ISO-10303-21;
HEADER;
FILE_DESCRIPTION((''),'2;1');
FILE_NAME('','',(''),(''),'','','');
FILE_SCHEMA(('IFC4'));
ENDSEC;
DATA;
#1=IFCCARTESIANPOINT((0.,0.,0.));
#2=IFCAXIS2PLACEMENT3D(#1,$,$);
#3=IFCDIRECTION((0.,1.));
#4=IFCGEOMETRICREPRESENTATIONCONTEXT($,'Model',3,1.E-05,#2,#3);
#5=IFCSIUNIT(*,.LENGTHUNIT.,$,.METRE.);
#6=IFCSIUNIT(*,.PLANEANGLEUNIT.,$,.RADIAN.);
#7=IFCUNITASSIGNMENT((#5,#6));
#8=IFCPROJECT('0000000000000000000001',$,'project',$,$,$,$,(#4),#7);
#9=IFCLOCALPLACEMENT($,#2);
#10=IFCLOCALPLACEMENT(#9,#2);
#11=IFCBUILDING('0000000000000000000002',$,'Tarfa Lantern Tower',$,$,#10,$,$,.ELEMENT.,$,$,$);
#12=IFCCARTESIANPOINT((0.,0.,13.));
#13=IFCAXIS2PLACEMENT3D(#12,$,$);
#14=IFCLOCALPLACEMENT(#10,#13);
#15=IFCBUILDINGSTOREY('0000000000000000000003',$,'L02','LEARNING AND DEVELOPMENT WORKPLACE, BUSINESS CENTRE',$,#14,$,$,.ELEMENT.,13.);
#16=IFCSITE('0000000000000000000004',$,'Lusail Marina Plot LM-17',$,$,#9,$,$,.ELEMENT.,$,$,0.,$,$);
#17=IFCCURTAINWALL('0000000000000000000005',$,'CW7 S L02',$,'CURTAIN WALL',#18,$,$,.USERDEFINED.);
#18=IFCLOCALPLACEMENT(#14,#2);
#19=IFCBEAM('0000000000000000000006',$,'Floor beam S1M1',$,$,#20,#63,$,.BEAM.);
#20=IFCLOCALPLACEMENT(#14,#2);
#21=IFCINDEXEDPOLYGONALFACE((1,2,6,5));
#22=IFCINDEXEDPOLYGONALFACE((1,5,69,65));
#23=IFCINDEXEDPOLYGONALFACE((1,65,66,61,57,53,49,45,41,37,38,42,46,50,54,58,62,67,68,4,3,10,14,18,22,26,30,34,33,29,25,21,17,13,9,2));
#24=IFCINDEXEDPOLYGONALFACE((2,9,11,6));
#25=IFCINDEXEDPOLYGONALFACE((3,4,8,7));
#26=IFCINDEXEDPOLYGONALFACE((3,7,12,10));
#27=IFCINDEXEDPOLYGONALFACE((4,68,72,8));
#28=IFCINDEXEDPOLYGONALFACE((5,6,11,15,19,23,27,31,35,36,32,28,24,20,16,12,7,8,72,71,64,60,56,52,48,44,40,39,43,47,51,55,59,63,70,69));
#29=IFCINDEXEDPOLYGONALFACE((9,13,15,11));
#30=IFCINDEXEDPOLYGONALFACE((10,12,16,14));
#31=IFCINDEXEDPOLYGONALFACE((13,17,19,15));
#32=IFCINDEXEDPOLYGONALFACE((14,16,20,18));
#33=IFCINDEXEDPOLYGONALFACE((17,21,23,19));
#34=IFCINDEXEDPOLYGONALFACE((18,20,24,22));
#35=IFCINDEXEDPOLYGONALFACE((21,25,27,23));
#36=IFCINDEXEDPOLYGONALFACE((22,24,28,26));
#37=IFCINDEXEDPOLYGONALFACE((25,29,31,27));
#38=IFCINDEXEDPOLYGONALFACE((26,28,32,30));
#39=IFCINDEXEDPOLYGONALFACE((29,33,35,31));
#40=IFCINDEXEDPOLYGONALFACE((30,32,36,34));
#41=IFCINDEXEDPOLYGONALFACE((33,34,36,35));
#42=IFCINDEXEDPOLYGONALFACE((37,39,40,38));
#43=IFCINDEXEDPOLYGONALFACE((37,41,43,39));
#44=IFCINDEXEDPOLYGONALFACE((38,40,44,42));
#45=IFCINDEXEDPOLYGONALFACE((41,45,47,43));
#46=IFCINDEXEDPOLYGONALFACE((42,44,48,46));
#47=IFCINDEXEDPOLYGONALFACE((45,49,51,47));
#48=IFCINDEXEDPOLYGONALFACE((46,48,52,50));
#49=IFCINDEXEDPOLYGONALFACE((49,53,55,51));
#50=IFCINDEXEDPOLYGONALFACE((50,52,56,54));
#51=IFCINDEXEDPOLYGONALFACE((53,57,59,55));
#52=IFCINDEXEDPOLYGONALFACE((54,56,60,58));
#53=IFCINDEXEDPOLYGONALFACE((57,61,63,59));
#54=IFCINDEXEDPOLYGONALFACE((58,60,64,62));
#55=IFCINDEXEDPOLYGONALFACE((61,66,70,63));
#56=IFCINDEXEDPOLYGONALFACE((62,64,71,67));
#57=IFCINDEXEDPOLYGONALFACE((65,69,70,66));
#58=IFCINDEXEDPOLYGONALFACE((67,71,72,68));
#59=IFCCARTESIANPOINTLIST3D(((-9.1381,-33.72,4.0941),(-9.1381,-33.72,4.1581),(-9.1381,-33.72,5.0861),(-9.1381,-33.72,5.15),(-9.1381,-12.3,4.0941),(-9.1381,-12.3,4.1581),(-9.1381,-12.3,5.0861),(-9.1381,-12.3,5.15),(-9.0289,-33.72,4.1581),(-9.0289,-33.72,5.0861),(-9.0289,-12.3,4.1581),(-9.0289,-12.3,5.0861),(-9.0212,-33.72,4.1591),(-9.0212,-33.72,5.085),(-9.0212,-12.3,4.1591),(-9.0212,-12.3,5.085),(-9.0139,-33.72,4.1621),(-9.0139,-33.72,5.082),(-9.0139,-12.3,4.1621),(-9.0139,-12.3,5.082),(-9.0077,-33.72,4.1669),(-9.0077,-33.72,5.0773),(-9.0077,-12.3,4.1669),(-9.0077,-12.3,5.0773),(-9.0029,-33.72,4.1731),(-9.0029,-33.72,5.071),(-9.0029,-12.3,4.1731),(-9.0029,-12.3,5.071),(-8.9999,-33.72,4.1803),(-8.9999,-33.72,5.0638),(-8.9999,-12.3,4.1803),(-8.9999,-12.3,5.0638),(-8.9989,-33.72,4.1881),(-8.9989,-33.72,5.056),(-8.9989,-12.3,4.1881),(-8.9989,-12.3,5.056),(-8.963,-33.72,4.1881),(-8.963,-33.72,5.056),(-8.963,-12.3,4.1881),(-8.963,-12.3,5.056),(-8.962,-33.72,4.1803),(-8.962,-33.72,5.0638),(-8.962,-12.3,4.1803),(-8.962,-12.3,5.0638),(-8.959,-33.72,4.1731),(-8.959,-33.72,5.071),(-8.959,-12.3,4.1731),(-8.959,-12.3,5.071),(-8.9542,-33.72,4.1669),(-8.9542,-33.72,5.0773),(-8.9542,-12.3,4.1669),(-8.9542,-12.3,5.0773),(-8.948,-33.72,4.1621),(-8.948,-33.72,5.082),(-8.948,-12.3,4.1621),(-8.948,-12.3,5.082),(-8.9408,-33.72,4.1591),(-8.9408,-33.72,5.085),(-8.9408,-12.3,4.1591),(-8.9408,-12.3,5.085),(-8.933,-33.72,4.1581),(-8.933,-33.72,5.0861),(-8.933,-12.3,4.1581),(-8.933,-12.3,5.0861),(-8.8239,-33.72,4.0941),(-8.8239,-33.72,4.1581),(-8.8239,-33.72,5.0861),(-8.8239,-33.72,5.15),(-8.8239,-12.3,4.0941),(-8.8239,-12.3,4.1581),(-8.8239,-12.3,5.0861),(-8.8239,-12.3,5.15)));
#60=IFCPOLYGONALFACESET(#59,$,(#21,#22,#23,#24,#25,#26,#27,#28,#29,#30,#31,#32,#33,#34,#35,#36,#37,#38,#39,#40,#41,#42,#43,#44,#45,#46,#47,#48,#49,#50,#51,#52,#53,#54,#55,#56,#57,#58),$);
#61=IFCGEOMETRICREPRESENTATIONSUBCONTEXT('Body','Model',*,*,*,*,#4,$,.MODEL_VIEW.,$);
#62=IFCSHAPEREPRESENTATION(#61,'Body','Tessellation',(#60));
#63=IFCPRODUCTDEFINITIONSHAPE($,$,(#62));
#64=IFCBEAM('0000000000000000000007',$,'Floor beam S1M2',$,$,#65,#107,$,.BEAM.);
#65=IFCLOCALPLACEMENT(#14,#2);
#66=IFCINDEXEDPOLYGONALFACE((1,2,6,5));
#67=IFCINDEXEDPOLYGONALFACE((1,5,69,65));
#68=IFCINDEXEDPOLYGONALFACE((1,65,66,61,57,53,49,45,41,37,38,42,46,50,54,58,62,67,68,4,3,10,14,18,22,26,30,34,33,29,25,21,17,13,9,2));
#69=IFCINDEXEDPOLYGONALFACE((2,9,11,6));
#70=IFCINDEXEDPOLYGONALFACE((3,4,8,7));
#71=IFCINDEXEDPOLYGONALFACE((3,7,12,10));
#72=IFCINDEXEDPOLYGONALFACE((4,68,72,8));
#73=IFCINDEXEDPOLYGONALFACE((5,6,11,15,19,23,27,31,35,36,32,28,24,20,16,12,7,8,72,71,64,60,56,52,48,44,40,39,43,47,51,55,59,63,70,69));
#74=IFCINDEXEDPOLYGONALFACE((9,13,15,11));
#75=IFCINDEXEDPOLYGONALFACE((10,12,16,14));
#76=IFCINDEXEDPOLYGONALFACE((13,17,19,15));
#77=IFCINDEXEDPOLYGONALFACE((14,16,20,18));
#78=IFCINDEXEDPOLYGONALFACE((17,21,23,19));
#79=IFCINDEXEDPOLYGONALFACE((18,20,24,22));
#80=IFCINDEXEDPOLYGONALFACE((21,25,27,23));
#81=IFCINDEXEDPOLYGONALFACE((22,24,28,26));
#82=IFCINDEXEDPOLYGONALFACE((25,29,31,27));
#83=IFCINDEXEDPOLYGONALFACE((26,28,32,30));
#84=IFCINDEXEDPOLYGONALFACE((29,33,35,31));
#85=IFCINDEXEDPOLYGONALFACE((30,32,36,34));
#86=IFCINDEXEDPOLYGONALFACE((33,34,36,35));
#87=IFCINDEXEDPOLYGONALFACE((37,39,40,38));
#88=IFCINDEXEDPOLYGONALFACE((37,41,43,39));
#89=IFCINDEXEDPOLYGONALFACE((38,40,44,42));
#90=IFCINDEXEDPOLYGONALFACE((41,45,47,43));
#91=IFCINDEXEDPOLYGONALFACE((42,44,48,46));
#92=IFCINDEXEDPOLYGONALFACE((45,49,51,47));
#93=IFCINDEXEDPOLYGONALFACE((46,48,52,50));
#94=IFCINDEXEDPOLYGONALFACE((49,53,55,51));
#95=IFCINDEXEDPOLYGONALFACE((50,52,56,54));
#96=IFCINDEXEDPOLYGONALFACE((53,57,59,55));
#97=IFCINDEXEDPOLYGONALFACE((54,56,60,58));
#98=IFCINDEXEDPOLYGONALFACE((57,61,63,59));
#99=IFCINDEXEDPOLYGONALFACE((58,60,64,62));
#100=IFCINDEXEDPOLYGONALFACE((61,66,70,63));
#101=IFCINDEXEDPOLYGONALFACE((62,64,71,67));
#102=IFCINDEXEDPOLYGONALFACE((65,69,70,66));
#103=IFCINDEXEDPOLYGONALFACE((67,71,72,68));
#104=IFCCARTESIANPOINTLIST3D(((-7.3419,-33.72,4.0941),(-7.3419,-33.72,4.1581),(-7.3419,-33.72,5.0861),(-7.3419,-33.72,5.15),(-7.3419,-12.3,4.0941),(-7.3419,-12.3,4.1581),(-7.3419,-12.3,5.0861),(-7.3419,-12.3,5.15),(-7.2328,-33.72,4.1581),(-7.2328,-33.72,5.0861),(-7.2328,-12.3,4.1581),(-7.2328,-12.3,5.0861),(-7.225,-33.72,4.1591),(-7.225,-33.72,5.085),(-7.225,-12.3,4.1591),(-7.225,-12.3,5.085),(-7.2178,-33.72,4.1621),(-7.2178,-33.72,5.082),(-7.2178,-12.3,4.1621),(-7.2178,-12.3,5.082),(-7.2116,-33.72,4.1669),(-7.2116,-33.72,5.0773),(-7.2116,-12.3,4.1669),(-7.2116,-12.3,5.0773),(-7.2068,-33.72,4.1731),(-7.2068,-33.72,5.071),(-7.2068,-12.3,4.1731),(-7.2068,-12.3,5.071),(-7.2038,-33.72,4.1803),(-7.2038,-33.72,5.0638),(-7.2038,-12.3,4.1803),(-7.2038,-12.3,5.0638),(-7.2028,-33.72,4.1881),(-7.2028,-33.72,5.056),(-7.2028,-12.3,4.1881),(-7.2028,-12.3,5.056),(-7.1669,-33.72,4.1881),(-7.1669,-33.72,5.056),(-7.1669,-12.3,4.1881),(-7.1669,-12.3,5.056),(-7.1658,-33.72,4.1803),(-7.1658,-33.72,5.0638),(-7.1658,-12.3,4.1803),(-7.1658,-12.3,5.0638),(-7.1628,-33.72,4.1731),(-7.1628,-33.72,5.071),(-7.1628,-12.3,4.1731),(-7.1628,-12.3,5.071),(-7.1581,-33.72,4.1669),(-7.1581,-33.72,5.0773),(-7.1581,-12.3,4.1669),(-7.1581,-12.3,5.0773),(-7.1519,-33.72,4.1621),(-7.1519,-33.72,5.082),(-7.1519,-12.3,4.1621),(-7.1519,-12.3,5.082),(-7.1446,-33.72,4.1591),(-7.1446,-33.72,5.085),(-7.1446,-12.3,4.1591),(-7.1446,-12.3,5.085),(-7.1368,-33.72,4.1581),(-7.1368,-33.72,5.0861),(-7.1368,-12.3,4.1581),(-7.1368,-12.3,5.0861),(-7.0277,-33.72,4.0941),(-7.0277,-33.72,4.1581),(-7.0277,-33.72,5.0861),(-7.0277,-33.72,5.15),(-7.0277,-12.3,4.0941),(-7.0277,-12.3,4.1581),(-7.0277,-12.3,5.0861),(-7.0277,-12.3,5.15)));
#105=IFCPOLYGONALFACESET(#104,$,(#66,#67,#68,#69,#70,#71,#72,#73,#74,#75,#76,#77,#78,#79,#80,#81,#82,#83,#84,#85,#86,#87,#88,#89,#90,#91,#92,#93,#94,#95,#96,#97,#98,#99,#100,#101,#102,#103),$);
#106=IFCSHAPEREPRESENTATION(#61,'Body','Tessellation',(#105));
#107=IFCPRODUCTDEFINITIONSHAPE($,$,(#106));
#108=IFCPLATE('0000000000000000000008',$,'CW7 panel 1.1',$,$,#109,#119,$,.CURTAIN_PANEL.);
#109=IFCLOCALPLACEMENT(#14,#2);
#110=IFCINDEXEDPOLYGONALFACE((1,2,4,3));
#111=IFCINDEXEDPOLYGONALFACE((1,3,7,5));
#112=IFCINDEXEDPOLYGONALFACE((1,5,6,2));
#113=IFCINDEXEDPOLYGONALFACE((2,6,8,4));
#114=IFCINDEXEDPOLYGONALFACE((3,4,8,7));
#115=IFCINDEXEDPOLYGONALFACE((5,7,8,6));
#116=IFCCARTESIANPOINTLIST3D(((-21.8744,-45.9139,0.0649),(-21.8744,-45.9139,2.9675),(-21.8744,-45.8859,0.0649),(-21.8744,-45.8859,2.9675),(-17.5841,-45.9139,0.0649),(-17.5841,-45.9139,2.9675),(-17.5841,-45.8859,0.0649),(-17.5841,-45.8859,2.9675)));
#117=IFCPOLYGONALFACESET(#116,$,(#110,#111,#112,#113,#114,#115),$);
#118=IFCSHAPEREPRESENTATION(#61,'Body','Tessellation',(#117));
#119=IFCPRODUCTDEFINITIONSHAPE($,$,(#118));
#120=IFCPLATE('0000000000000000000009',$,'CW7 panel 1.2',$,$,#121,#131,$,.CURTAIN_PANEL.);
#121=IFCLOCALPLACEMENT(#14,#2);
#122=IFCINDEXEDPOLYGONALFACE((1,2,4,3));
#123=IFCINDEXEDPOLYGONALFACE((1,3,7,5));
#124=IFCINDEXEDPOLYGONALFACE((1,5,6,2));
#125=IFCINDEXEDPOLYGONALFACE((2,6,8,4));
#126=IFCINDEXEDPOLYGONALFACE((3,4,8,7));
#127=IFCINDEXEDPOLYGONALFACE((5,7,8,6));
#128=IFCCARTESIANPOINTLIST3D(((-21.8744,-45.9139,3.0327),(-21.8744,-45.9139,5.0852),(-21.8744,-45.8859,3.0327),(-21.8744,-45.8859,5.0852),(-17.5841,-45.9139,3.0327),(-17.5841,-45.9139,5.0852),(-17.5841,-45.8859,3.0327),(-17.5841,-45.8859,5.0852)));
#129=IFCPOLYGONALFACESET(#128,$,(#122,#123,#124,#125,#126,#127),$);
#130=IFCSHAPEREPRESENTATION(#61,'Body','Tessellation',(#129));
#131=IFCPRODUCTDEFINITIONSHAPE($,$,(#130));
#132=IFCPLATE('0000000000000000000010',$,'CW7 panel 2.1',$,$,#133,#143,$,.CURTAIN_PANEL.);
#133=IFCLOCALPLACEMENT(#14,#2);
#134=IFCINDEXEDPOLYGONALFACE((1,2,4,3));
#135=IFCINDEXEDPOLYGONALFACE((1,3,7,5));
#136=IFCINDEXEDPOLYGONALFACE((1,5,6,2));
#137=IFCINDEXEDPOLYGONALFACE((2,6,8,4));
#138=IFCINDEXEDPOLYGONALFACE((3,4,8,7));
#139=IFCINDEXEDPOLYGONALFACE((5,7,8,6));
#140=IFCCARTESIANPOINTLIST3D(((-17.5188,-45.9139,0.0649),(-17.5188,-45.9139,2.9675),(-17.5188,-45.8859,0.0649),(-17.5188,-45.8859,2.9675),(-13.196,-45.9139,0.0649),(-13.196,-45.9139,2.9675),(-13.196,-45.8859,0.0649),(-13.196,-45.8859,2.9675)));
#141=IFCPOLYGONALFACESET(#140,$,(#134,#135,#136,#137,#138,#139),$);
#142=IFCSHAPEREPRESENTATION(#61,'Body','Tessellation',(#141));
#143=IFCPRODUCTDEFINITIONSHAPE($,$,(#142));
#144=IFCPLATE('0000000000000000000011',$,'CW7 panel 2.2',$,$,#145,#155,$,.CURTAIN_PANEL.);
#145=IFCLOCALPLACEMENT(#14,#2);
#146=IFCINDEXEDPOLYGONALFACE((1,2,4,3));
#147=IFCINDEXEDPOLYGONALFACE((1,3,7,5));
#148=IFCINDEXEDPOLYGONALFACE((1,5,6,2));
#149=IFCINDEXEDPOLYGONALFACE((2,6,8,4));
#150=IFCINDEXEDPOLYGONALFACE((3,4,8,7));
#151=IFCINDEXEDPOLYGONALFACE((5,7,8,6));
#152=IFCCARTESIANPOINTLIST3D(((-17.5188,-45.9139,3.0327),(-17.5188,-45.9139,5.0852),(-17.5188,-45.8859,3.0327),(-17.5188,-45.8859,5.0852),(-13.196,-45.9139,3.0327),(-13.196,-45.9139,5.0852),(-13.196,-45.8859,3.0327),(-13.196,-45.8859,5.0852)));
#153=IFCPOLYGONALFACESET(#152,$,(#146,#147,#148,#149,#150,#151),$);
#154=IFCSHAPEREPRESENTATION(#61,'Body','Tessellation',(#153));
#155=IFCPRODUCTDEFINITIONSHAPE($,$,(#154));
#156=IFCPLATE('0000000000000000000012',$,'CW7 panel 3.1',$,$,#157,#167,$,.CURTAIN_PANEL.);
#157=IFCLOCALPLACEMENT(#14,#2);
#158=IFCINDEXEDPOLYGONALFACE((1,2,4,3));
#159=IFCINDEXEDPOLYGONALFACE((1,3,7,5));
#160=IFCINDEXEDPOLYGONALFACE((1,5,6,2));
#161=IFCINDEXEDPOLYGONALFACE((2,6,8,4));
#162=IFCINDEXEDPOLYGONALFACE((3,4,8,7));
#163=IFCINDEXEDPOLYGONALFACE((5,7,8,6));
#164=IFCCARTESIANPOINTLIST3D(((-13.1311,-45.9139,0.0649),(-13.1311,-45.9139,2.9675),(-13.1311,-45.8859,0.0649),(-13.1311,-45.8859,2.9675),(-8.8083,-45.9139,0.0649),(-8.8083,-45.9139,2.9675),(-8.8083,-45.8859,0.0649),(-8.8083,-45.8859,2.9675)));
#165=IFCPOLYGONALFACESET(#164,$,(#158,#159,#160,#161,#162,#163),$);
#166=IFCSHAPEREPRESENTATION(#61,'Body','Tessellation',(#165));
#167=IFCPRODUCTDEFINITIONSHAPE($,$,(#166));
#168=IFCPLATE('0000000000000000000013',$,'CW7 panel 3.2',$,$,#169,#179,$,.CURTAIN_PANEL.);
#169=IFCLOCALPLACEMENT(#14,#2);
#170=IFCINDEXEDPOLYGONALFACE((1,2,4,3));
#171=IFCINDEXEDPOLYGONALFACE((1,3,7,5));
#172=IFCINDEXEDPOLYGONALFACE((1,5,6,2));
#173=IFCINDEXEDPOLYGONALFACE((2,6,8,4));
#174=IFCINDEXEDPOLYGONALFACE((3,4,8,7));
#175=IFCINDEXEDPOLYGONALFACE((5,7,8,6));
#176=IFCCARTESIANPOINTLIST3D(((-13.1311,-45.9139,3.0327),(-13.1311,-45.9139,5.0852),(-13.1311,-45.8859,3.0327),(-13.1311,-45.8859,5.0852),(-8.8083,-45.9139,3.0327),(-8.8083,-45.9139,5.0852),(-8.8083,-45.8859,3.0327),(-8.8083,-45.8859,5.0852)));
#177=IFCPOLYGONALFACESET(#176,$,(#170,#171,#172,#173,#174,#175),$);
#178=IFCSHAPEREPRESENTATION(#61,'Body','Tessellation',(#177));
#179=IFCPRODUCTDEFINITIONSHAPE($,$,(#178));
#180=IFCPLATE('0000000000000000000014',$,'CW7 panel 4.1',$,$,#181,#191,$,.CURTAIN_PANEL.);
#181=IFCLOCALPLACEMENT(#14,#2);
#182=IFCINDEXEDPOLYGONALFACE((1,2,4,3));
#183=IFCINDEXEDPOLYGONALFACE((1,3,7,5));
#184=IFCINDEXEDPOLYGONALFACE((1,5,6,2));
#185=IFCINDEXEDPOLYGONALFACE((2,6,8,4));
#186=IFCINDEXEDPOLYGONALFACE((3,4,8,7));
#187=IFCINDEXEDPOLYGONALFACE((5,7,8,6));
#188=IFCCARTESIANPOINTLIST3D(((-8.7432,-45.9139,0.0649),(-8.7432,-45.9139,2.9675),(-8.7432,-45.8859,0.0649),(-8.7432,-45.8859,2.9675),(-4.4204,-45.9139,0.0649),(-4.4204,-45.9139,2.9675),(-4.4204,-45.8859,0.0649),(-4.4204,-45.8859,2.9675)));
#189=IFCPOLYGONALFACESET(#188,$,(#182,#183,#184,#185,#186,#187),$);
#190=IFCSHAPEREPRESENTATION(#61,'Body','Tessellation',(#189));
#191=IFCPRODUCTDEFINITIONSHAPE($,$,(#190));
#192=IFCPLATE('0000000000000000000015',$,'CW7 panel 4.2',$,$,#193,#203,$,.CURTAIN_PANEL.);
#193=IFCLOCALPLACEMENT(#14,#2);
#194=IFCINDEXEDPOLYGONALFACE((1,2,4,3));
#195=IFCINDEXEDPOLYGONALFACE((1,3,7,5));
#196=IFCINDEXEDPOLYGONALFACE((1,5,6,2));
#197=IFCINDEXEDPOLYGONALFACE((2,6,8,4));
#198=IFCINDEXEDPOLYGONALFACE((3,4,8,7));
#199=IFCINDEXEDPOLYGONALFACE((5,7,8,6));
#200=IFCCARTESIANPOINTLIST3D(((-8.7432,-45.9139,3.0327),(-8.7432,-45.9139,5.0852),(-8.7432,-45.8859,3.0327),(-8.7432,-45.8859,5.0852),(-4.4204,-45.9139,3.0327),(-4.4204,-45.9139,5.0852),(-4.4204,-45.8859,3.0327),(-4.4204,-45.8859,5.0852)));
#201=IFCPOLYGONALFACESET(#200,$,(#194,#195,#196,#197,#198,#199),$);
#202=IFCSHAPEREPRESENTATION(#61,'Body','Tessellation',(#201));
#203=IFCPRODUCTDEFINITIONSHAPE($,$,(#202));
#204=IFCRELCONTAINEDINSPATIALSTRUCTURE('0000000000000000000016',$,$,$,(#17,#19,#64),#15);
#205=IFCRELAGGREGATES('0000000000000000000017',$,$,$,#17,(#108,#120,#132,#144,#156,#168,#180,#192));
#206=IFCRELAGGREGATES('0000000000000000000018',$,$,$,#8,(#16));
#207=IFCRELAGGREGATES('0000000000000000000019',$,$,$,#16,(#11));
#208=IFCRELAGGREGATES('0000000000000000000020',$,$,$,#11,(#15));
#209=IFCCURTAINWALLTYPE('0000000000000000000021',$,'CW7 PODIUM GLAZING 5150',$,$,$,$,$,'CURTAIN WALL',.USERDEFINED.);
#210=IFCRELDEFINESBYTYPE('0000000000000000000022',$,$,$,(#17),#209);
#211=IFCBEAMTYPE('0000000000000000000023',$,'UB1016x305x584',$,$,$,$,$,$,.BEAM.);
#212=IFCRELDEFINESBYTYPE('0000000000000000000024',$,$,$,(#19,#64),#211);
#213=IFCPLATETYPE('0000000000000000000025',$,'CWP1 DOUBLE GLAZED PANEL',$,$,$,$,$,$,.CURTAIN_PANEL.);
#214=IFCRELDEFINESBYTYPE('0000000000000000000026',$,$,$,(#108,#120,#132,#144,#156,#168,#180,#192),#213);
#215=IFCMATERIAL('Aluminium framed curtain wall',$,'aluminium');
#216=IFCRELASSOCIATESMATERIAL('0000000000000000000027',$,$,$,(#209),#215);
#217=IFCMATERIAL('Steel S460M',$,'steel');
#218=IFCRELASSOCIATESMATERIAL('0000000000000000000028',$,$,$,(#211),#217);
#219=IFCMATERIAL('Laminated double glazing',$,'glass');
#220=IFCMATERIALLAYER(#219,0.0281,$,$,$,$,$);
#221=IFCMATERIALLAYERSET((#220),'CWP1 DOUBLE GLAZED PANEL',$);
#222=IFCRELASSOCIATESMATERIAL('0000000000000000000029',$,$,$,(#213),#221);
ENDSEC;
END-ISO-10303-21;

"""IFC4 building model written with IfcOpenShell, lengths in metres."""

from ifc_helpers import new_model, si_unit, direction, frame, origin, origin_2d, place, context, subcontext, project, spatial, rectangle, i_section, extrude, material, layer, layer_set, material_profile, profile_set, type_object, element, aggregate, save


model = new_model("IFC4")

# Units and contexts
model_context = context("Model", 3, precision=1e-05, world=origin(), true_north=direction((0.0, 1.0)))
body_context = subcontext(model_context, "Body", "Model", "MODEL_VIEW")
ifc_project = project(units=[si_unit("LENGTHUNIT", "METRE"), si_unit("PLANEANGLEUNIT", "RADIAN")], contexts=[model_context])

# Site, building, storey
site_placement = place(None, origin())
site = spatial("IfcSite", under=ifc_project, at=site_placement, Name="Lusail Marina Plot LM-17", CompositionType="ELEMENT", RefElevation=0.0)
building_placement = place(site_placement, origin())
building = spatial("IfcBuilding", under=site, at=building_placement, Name="Tarfa Lantern Tower", CompositionType="ELEMENT")
storey_placement = place(building_placement, frame((0.0, 0.0, 13.0)))
storey = spatial("IfcBuildingStorey", under=building, at=storey_placement, Name="L02", Description="LEARNING AND DEVELOPMENT WORKPLACE, BUSINESS CENTRE", CompositionType="ELEMENT", Elevation=13.0)

# Curtain wall
ifc_material_1 = material(Name="Aluminium framed curtain wall", Category="aluminium")
curtain_wall_type = type_object("IfcCurtainWallType", Name="CW7 PODIUM GLAZING 5150", ElementType="CURTAIN WALL", PredefinedType="USERDEFINED", material=ifc_material_1)
curtain_wall_placement = place(storey_placement, origin())
curtain_wall = element("IfcCurtainWall", 1, at=curtain_wall_placement, inside=storey, type_object=curtain_wall_type, Name="CW7 S L02", ObjectType="CURTAIN WALL", PredefinedType="USERDEFINED")

# Beams
ifc_material_2 = material(Name="Steel S460M", Category="steel")
ifc_material_profile_1 = material_profile(ifc_material_2, i_section(OverallWidth=0.3142, OverallDepth=1.0559, WebThickness=0.0359, FlangeThickness=0.064, FilletRadius=0.03, at=origin_2d()), Name="UB1016x305x584")
ifc_profile_set_1 = profile_set([ifc_material_profile_1], Name="Steel S460M")
beam_type_1 = type_object("IfcBeamType", Name="UB1016x305x584", PredefinedType="BEAM", material=ifc_profile_set_1)
for number, where, z_axis, x_axis, name in (
    (2, (-8.981, -33.72, 4.6221), (0.0, 1.0, 0.0), (-1.0, 0.0, 0.0), "Floor beam S1M1"),
    (3, (-7.1848, -33.72, 4.6221), (0.0, 1.0, 0.0), (-1.0, 0.0, 0.0), "Floor beam S1M2"),
):
    element("IfcBeam", number, at=place(storey_placement, frame(where, z_axis=z_axis, x_axis=x_axis)), inside=storey, type_object=beam_type_1, Name=name, PredefinedType="BEAM", context=body_context, shape_type="SweptSolid", body=[
        extrude(i_section(OverallWidth=0.3142, OverallDepth=1.0559, WebThickness=0.0359, FlangeThickness=0.064, FilletRadius=0.03, at=origin_2d()), origin(), (0.0, 0.0, 1.0), 21.4199),
    ])

# Plates
ifc_material_3 = material(Name="Laminated double glazing", Category="glass")
ifc_layer_1 = layer(ifc_material_3, 0.0281)
ifc_layer_set_1 = layer_set([ifc_layer_1], Name="CWP1 DOUBLE GLAZED PANEL")
plate_type = type_object("IfcPlateType", Name="CWP1 DOUBLE GLAZED PANEL", PredefinedType="CURTAIN_PANEL", material=ifc_layer_set_1)
plate_1_placement = place(storey_placement, frame((-19.7292, -45.8999, 0.0649), z_axis=(0.0, 0.0, 1.0), x_axis=(1.0, 0.0, 0.0)))
plate_1 = element("IfcPlate", 4, at=plate_1_placement, type_object=plate_type, Name="CW7 panel 1.1", PredefinedType="CURTAIN_PANEL", context=body_context, shape_type="SweptSolid", body=[
    extrude(rectangle(XDim=4.2903, YDim=0.0281, at=origin_2d()), origin(), (0.0, 0.0, 1.0), 2.9026),
])
plate_2_placement = place(storey_placement, frame((-19.7292, -45.8999, 3.0327), z_axis=(0.0, 0.0, 1.0), x_axis=(1.0, 0.0, 0.0)))
plate_2 = element("IfcPlate", 5, at=plate_2_placement, type_object=plate_type, Name="CW7 panel 1.2", PredefinedType="CURTAIN_PANEL", context=body_context, shape_type="SweptSolid", body=[
    extrude(rectangle(XDim=4.2903, YDim=0.0281, at=origin_2d()), origin(), (0.0, 0.0, 1.0), 2.0525),
])
plate_3_placement = place(storey_placement, frame((-15.3574, -45.8999, 0.0649), z_axis=(0.0, 0.0, 1.0), x_axis=(1.0, 0.0, 0.0)))
plate_3 = element("IfcPlate", 6, at=plate_3_placement, type_object=plate_type, Name="CW7 panel 2.1", PredefinedType="CURTAIN_PANEL", context=body_context, shape_type="SweptSolid", body=[
    extrude(rectangle(XDim=4.3228, YDim=0.0281, at=origin_2d()), origin(), (0.0, 0.0, 1.0), 2.9026),
])
plate_4_placement = place(storey_placement, frame((-15.3574, -45.8999, 3.0327), z_axis=(0.0, 0.0, 1.0), x_axis=(1.0, 0.0, 0.0)))
plate_4 = element("IfcPlate", 7, at=plate_4_placement, type_object=plate_type, Name="CW7 panel 2.2", PredefinedType="CURTAIN_PANEL", context=body_context, shape_type="SweptSolid", body=[
    extrude(rectangle(XDim=4.3228, YDim=0.0281, at=origin_2d()), origin(), (0.0, 0.0, 1.0), 2.0525),
])
plate_5_placement = place(storey_placement, frame((-10.9697, -45.8999, 0.0649), z_axis=(0.0, 0.0, 1.0), x_axis=(1.0, 0.0, 0.0)))
plate_5 = element("IfcPlate", 8, at=plate_5_placement, type_object=plate_type, Name="CW7 panel 3.1", PredefinedType="CURTAIN_PANEL", context=body_context, shape_type="SweptSolid", body=[
    extrude(rectangle(XDim=4.3228, YDim=0.0281, at=origin_2d()), origin(), (0.0, 0.0, 1.0), 2.9026),
])
plate_6_placement = place(storey_placement, frame((-10.9697, -45.8999, 3.0327), z_axis=(0.0, 0.0, 1.0), x_axis=(1.0, 0.0, 0.0)))
plate_6 = element("IfcPlate", 9, at=plate_6_placement, type_object=plate_type, Name="CW7 panel 3.2", PredefinedType="CURTAIN_PANEL", context=body_context, shape_type="SweptSolid", body=[
    extrude(rectangle(XDim=4.3228, YDim=0.0281, at=origin_2d()), origin(), (0.0, 0.0, 1.0), 2.0525),
])
plate_7_placement = place(storey_placement, frame((-6.5818, -45.8999, 0.0649), z_axis=(0.0, 0.0, 1.0), x_axis=(1.0, 0.0, 0.0)))
plate_7 = element("IfcPlate", 10, at=plate_7_placement, type_object=plate_type, Name="CW7 panel 4.1", PredefinedType="CURTAIN_PANEL", context=body_context, shape_type="SweptSolid", body=[
    extrude(rectangle(XDim=4.3228, YDim=0.0281, at=origin_2d()), origin(), (0.0, 0.0, 1.0), 2.9026),
])
plate_8_placement = place(storey_placement, frame((-6.5818, -45.8999, 3.0327), z_axis=(0.0, 0.0, 1.0), x_axis=(1.0, 0.0, 0.0)))
plate_8 = element("IfcPlate", 11, at=plate_8_placement, type_object=plate_type, Name="CW7 panel 4.2", PredefinedType="CURTAIN_PANEL", context=body_context, shape_type="SweptSolid", body=[
    extrude(rectangle(XDim=4.3228, YDim=0.0281, at=origin_2d()), origin(), (0.0, 0.0, 1.0), 2.0525),
])
aggregate(curtain_wall, [plate_1, plate_2, plate_3, plate_4, plate_5, plate_6, plate_7, plate_8])

save(model, "model.ifc")
